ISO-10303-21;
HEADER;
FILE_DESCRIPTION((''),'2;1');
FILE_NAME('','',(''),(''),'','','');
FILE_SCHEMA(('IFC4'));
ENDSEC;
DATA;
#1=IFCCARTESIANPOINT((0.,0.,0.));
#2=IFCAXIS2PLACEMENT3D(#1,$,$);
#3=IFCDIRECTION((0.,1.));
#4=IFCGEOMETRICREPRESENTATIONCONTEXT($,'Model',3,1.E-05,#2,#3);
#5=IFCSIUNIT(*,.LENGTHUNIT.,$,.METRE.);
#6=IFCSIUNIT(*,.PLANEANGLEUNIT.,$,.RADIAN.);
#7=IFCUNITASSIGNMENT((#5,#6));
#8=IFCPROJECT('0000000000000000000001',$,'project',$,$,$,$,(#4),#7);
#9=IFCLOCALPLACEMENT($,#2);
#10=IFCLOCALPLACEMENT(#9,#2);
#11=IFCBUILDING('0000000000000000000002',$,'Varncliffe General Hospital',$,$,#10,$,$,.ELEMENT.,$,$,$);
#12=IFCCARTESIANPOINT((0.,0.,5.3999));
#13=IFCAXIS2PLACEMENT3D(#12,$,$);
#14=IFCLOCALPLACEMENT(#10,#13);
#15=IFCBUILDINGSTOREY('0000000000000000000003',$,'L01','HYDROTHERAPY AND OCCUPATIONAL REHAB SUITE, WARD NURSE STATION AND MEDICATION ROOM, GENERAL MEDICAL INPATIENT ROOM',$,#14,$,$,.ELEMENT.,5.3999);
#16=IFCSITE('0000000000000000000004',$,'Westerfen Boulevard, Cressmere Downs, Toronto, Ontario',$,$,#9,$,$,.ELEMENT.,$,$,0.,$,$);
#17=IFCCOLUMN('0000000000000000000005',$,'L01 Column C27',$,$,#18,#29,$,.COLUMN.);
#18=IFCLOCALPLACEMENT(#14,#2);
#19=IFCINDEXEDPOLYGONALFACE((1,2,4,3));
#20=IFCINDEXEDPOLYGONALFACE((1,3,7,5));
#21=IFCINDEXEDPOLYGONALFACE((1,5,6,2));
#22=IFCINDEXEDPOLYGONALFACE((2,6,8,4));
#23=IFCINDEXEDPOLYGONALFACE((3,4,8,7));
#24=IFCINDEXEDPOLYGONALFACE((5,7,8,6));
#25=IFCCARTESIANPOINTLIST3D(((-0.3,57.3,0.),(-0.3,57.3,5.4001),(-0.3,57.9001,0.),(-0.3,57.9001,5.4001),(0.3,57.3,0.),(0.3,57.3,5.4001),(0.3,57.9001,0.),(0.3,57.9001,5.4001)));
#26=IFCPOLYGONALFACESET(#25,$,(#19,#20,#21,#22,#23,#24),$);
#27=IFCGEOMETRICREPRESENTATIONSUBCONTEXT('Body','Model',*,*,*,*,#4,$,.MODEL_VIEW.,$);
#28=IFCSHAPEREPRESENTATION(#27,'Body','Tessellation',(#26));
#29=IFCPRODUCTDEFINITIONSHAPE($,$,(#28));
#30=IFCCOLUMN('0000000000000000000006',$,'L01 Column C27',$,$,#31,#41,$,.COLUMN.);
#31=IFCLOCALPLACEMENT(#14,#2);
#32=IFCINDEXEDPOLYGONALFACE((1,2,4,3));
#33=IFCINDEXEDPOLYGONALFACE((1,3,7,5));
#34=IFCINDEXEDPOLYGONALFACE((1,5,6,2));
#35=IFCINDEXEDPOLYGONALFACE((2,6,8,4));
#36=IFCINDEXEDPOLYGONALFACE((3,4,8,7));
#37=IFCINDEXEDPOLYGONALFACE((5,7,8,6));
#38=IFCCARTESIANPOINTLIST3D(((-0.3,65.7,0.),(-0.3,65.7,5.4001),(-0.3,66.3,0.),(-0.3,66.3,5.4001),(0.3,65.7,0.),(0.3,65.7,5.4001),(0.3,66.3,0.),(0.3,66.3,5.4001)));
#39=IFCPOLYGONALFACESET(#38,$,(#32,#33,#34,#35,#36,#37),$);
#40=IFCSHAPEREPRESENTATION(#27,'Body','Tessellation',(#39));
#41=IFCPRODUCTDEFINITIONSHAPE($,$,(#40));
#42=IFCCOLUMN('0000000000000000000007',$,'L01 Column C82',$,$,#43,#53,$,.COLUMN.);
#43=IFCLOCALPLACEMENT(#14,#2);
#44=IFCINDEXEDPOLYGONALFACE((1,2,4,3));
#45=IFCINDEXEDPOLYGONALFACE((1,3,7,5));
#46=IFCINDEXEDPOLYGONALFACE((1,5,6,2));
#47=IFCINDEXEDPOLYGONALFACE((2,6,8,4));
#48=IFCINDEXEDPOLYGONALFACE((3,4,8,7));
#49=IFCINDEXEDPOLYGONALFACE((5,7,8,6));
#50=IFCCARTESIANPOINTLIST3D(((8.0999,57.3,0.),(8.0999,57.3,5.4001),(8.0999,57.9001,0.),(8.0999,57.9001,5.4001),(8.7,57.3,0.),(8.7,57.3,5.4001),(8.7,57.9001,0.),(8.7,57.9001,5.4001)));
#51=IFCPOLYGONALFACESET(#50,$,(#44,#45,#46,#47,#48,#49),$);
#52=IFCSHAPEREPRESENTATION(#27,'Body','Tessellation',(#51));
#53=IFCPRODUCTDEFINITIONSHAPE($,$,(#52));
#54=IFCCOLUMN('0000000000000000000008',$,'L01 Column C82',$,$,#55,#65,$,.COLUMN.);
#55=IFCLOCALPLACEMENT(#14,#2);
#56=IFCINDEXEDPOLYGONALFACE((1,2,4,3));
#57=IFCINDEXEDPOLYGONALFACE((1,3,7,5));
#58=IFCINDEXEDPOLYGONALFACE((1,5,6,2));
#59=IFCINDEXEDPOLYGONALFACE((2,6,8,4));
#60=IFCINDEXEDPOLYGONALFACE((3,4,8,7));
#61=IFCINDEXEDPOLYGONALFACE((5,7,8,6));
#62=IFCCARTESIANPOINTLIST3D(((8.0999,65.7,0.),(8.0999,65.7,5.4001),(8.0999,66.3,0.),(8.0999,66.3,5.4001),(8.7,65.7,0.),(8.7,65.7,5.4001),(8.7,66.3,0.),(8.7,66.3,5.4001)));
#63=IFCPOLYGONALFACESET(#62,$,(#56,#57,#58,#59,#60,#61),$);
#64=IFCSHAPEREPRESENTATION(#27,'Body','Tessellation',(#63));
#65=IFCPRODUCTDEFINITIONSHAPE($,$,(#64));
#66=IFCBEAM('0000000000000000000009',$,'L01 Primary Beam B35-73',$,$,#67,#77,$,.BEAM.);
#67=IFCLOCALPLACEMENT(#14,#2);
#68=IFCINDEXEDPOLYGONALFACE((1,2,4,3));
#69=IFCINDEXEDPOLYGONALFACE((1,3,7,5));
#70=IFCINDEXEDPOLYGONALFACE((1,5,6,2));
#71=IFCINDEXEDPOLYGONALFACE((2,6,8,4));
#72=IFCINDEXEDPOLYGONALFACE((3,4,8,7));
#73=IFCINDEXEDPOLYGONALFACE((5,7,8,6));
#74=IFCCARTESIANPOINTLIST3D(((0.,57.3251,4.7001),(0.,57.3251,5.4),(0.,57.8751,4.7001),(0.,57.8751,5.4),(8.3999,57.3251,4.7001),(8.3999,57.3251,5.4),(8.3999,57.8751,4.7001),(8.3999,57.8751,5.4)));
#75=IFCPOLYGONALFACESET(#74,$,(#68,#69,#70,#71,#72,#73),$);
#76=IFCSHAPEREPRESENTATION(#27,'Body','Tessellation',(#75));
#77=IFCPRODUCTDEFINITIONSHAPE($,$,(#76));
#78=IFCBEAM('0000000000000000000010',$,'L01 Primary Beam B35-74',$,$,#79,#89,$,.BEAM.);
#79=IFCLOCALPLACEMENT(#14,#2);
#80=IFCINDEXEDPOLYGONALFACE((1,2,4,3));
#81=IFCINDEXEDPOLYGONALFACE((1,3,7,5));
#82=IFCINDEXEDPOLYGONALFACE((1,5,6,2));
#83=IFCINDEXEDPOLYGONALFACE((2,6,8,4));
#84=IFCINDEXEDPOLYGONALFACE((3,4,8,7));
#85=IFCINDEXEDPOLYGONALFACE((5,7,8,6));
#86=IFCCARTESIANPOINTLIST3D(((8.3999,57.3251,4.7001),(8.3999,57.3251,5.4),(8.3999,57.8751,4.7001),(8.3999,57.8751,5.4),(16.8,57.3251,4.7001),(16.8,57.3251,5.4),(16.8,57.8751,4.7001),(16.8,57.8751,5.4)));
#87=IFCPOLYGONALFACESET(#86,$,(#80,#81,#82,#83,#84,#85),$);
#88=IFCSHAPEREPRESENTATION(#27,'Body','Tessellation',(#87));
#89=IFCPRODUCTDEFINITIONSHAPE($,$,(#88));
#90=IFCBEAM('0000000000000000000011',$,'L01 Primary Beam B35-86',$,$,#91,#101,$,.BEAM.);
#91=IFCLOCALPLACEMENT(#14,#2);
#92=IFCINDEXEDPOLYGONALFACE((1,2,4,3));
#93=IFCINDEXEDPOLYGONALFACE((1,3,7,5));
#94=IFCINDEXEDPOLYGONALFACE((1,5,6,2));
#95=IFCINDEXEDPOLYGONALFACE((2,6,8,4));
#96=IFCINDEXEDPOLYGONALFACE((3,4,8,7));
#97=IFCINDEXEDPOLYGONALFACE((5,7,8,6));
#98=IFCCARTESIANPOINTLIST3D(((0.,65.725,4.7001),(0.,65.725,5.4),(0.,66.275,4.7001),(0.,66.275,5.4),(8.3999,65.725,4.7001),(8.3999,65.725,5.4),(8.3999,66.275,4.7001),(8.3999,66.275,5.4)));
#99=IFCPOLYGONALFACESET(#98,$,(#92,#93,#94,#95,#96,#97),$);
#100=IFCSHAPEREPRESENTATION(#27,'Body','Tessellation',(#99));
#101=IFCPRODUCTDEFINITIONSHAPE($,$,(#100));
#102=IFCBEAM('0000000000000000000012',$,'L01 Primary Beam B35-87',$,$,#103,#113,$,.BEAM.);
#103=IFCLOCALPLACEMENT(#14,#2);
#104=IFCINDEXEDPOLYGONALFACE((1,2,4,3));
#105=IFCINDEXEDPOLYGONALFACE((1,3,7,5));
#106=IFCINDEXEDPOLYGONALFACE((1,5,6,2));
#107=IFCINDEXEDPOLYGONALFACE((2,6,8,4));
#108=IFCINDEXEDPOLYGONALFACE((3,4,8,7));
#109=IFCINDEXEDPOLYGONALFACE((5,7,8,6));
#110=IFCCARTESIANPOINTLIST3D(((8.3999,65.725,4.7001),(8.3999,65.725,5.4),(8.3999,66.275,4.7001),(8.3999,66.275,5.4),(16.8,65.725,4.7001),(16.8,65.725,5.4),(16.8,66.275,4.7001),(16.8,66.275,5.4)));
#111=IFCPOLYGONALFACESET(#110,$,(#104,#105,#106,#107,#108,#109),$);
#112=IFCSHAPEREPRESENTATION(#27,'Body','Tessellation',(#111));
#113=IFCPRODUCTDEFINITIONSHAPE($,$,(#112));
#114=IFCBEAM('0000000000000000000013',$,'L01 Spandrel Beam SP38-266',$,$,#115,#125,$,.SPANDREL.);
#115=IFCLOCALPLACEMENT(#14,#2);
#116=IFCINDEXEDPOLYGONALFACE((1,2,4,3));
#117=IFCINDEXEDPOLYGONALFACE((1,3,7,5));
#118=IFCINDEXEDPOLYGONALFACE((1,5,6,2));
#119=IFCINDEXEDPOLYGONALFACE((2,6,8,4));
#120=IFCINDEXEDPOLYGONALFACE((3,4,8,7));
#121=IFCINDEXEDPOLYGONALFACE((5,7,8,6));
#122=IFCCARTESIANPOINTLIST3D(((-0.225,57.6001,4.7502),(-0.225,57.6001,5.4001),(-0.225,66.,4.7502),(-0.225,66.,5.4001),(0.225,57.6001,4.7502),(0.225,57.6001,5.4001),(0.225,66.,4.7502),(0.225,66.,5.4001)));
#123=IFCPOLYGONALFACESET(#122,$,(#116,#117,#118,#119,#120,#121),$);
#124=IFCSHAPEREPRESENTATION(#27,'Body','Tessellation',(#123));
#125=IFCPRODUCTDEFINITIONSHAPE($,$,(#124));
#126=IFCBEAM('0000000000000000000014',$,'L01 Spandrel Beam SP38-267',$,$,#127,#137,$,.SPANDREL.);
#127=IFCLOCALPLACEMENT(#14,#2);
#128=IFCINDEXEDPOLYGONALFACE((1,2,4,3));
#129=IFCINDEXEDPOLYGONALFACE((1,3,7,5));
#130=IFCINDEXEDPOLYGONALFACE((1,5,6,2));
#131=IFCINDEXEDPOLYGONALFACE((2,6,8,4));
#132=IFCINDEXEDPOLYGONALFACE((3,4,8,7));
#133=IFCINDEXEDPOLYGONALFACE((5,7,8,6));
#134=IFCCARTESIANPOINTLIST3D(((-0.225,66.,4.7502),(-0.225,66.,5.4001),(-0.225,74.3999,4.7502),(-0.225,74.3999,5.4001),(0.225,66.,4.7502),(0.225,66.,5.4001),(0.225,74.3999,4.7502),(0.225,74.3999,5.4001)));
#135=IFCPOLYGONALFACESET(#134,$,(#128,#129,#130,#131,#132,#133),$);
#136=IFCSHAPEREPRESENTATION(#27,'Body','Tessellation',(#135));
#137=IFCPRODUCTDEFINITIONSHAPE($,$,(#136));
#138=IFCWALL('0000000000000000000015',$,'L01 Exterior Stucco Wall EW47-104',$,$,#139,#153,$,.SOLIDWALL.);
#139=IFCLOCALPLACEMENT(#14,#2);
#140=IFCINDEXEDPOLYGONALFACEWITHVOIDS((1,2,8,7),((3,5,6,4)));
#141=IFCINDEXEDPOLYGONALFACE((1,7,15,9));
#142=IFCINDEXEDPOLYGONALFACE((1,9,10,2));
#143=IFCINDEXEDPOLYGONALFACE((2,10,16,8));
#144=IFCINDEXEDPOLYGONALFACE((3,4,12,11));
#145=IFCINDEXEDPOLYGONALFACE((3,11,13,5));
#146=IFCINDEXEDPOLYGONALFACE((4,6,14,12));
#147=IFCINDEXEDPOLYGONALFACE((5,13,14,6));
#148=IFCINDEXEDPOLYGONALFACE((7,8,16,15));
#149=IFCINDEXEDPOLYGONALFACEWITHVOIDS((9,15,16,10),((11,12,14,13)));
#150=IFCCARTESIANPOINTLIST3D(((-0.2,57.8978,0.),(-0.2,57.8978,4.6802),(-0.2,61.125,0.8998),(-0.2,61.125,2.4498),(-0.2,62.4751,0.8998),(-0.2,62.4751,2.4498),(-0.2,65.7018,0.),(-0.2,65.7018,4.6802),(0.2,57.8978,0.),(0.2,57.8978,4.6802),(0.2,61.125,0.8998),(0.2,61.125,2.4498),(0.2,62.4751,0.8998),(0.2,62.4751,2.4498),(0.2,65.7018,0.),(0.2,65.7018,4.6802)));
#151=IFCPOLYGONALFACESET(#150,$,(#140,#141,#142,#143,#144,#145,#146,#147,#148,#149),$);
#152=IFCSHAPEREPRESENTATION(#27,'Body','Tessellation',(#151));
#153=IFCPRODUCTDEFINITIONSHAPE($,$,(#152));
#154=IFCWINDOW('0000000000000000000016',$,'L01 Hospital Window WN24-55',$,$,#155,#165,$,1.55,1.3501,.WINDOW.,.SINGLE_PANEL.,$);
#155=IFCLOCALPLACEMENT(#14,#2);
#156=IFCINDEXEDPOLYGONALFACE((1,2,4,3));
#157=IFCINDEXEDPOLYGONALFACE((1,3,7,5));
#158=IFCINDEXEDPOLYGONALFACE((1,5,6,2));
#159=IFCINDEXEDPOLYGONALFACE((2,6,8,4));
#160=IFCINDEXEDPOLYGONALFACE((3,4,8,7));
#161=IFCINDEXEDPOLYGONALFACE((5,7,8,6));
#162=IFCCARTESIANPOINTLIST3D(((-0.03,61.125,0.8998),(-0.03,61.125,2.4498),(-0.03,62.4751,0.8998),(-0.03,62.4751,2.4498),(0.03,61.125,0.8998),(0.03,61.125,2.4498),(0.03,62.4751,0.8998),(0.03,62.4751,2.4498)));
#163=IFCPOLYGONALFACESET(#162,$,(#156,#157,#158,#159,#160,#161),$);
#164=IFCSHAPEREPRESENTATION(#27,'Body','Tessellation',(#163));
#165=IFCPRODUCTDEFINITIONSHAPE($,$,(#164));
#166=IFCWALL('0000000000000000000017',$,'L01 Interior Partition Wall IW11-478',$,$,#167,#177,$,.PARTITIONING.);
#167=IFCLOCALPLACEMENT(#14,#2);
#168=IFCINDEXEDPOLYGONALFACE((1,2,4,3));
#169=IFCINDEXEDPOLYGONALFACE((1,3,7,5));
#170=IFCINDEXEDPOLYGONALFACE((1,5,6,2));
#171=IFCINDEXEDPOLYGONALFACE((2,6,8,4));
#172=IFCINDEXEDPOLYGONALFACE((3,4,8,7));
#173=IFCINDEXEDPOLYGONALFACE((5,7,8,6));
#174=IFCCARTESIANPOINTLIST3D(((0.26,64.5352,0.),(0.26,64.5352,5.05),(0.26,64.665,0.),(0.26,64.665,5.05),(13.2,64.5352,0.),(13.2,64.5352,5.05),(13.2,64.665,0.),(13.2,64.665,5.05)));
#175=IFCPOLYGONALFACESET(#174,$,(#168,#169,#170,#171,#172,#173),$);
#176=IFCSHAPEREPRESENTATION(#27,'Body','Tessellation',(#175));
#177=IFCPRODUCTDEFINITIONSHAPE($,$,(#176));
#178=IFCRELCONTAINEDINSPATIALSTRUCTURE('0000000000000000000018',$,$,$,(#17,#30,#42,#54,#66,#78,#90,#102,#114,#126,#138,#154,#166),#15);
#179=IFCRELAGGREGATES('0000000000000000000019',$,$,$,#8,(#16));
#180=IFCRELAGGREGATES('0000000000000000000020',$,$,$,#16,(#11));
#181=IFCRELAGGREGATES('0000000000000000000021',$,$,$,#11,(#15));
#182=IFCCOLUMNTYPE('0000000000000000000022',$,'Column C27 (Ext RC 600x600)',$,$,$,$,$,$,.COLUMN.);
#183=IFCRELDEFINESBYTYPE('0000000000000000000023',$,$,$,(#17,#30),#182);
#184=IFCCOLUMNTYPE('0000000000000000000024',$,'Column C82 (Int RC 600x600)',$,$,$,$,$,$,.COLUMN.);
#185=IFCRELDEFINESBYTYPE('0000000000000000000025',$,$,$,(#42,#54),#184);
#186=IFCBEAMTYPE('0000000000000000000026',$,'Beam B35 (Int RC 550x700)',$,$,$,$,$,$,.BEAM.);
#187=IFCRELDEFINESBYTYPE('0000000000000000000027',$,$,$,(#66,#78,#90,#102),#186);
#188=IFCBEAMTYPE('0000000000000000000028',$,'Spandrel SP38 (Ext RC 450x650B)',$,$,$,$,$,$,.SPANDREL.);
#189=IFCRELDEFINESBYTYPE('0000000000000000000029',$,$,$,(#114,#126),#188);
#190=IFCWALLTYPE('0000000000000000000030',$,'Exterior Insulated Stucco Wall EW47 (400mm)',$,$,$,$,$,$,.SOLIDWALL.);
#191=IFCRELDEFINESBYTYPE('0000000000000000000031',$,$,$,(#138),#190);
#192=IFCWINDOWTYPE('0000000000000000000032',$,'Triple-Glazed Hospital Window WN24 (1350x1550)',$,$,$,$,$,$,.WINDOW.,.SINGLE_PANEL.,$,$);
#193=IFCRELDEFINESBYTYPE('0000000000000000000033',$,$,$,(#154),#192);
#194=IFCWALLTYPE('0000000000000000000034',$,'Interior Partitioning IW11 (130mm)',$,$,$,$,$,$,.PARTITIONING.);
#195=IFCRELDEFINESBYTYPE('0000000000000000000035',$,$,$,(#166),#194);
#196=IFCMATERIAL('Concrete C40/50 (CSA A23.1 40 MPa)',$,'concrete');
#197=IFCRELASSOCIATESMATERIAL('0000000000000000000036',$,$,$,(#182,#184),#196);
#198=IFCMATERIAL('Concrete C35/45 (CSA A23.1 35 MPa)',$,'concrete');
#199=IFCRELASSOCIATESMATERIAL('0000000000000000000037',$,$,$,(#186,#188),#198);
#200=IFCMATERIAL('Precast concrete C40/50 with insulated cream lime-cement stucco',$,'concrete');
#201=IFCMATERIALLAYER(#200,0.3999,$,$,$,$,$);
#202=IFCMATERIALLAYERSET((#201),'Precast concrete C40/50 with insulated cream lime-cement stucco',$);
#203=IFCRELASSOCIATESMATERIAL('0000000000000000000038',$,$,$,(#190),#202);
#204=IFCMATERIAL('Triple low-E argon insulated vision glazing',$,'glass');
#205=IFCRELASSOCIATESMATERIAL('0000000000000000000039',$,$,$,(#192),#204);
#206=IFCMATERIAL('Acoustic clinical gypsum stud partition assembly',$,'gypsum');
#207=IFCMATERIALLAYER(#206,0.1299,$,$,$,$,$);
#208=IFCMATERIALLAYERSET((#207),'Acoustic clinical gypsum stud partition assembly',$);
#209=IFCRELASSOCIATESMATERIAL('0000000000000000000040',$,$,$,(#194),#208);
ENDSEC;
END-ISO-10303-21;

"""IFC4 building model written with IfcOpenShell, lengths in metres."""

from ifc_helpers import new_model, si_unit, direction, frame, frame_2d, origin, origin_2d, place, context, subcontext, project, spatial, rectangle, extrude, material, layer, layer_set, material_profile, profile_set, type_object, element, fill, save


model = new_model("IFC4")

# Units and contexts
model_context = context("Model", 3, precision=1e-05, world=origin(), true_north=direction((0.0, 1.0)))
body_context = subcontext(model_context, "Body", "Model", "MODEL_VIEW")
ifc_project = project(units=[si_unit("LENGTHUNIT", "METRE"), si_unit("PLANEANGLEUNIT", "RADIAN")], contexts=[model_context])

# Site, building, storey
site_placement = place(None, origin())
site = spatial("IfcSite", under=ifc_project, at=site_placement, Name="Westerfen Boulevard, Cressmere Downs, Toronto, Ontario", CompositionType="ELEMENT", RefElevation=0.0)
building_placement = place(site_placement, origin())
building = spatial("IfcBuilding", under=site, at=building_placement, Name="Varncliffe General Hospital", CompositionType="ELEMENT")
storey_placement = place(building_placement, frame((0.0, 0.0, 5.3999)))
storey = spatial("IfcBuildingStorey", under=building, at=storey_placement, Name="L01", Description="HYDROTHERAPY AND OCCUPATIONAL REHAB SUITE, WARD NURSE STATION AND MEDICATION ROOM, GENERAL MEDICAL INPATIENT ROOM", CompositionType="ELEMENT", Elevation=5.3999)

# Columns
ifc_material_1 = material(Name="Concrete C40/50 (CSA A23.1 40 MPa)", Category="concrete")
ifc_material_profile_1 = material_profile(ifc_material_1, rectangle(XDim=0.6001, YDim=0.6001, at=origin_2d()), Name="RC 600x600")
ifc_profile_set_1 = profile_set([ifc_material_profile_1], Name="Concrete C40/50 (CSA A23.1 40 MPa)")
column_type_1 = type_object("IfcColumnType", Name="Column C27 (Ext RC 600x600)", PredefinedType="COLUMN", material=ifc_profile_set_1)
for number, where, z_axis, x_axis, name in (
    (1, (0.0, 57.6001, 0.0), (0.0, 0.0, 1.0), (1.0, 0.0, 0.0), "L01 Column C27"),
    (2, (0.0, 66.0, 0.0), (0.0, 0.0, 1.0), (1.0, 0.0, 0.0), "L01 Column C27"),
):
    element("IfcColumn", number, at=place(storey_placement, frame(where, z_axis=z_axis, x_axis=x_axis)), inside=storey, type_object=column_type_1, Name=name, PredefinedType="COLUMN", context=body_context, shape_type="SweptSolid", body=[
        extrude(rectangle(XDim=0.6001, YDim=0.6001, at=origin_2d()), origin(), (0.0, 0.0, 1.0), 5.4001),
    ])
ifc_material_profile_2 = material_profile(ifc_material_1, rectangle(XDim=0.6001, YDim=0.6001, at=origin_2d()), Name="RC 600x600")
ifc_profile_set_2 = profile_set([ifc_material_profile_2], Name="Concrete C40/50 (CSA A23.1 40 MPa)")
column_type_2 = type_object("IfcColumnType", Name="Column C82 (Int RC 600x600)", PredefinedType="COLUMN", material=ifc_profile_set_2)
for number, where, z_axis, x_axis, name in (
    (3, (8.3999, 57.6001, 0.0), (0.0, 0.0, 1.0), (1.0, 0.0, 0.0), "L01 Column C82"),
    (4, (8.3999, 66.0, 0.0), (0.0, 0.0, 1.0), (1.0, 0.0, 0.0), "L01 Column C82"),
):
    element("IfcColumn", number, at=place(storey_placement, frame(where, z_axis=z_axis, x_axis=x_axis)), inside=storey, type_object=column_type_2, Name=name, PredefinedType="COLUMN", context=body_context, shape_type="SweptSolid", body=[
        extrude(rectangle(XDim=0.6001, YDim=0.6001, at=origin_2d()), origin(), (0.0, 0.0, 1.0), 5.4001),
    ])

# Beams
ifc_material_2 = material(Name="Concrete C35/45 (CSA A23.1 35 MPa)", Category="concrete")
ifc_material_profile_3 = material_profile(ifc_material_2, rectangle(XDim=0.55, YDim=0.7, at=origin_2d()), Name="RC 550x700")
ifc_profile_set_3 = profile_set([ifc_material_profile_3], Name="Concrete C35/45 (CSA A23.1 35 MPa)")
beam_type_1 = type_object("IfcBeamType", Name="Beam B35 (Int RC 550x700)", PredefinedType="BEAM", material=ifc_profile_set_3)
beam_1_placement = place(storey_placement, frame((0.0, 57.6001, 5.05), z_axis=(1.0, 0.0, 0.0), x_axis=(0.0, 1.0, 0.0)))
element("IfcBeam", 5, at=beam_1_placement, inside=storey, type_object=beam_type_1, Name="L01 Primary Beam B35-73", PredefinedType="BEAM", context=body_context, shape_type="SweptSolid", body=[
    extrude(rectangle(XDim=0.55, YDim=0.7, at=origin_2d()), origin(), (0.0, 0.0, 1.0), 8.3999),
])
beam_2_placement = place(storey_placement, frame((8.3999, 57.6001, 5.05), z_axis=(1.0, 0.0, 0.0), x_axis=(0.0, 1.0, 0.0)))
element("IfcBeam", 6, at=beam_2_placement, inside=storey, type_object=beam_type_1, Name="L01 Primary Beam B35-74", PredefinedType="BEAM", context=body_context, shape_type="SweptSolid", body=[
    extrude(rectangle(XDim=0.55, YDim=0.7, at=origin_2d()), origin(), (0.0, 0.0, 1.0), 8.4001),
])
beam_3_placement = place(storey_placement, frame((0.0, 66.0, 5.05), z_axis=(1.0, 0.0, 0.0), x_axis=(0.0, 1.0, 0.0)))
element("IfcBeam", 7, at=beam_3_placement, inside=storey, type_object=beam_type_1, Name="L01 Primary Beam B35-86", PredefinedType="BEAM", context=body_context, shape_type="SweptSolid", body=[
    extrude(rectangle(XDim=0.55, YDim=0.7, at=origin_2d()), origin(), (0.0, 0.0, 1.0), 8.3999),
])
beam_4_placement = place(storey_placement, frame((8.3999, 66.0, 5.05), z_axis=(1.0, 0.0, 0.0), x_axis=(0.0, 1.0, 0.0)))
element("IfcBeam", 8, at=beam_4_placement, inside=storey, type_object=beam_type_1, Name="L01 Primary Beam B35-87", PredefinedType="BEAM", context=body_context, shape_type="SweptSolid", body=[
    extrude(rectangle(XDim=0.55, YDim=0.7, at=origin_2d()), origin(), (0.0, 0.0, 1.0), 8.4001),
])
ifc_material_profile_4 = material_profile(ifc_material_2, rectangle(XDim=0.45, YDim=0.6499, at=origin_2d()), Name="RC 450x650")
ifc_profile_set_4 = profile_set([ifc_material_profile_4], Name="Concrete C35/45 (CSA A23.1 35 MPa)")
beam_type_2 = type_object("IfcBeamType", Name="Spandrel SP38 (Ext RC 450x650B)", PredefinedType="SPANDREL", material=ifc_profile_set_4)
for number, where, z_axis, x_axis, name in (
    (9, (0.0, 57.6001, 5.0752), (0.0, 1.0, 0.0), (-1.0, 0.0, 0.0), "L01 Spandrel Beam SP38-266"),
    (10, (0.0, 66.0, 5.0752), (0.0, 1.0, 0.0), (-1.0, 0.0, 0.0), "L01 Spandrel Beam SP38-267"),
):
    element("IfcBeam", number, at=place(storey_placement, frame(where, z_axis=z_axis, x_axis=x_axis)), inside=storey, type_object=beam_type_2, Name=name, PredefinedType="SPANDREL", context=body_context, shape_type="SweptSolid", body=[
        extrude(rectangle(XDim=0.45, YDim=0.6499, at=origin_2d()), origin(), (0.0, 0.0, 1.0), 8.3999),
    ])

# Wall, opening, window
ifc_material_3 = material(Name="Precast concrete C40/50 with insulated cream lime-cement stucco", Category="concrete")
ifc_layer_1 = layer(ifc_material_3, 0.3999)
ifc_layer_set_1 = layer_set([ifc_layer_1], Name="Precast concrete C40/50 with insulated cream lime-cement stucco")
wall_type_1 = type_object("IfcWallType", Name="Exterior Insulated Stucco Wall EW47 (400mm)", PredefinedType="SOLIDWALL", material=ifc_layer_set_1)
wall_1_placement = place(storey_placement, frame((0.0, 57.8979, 0.0), z_axis=(0.0, 0.0, 1.0), x_axis=(0.0, 1.0, 0.0)))
wall_1 = element("IfcWall", 11, at=wall_1_placement, inside=storey, type_object=wall_type_1, Name="L01 Exterior Stucco Wall EW47-104", PredefinedType="SOLIDWALL", context=body_context, shape_type="SweptSolid", body=[
    extrude(rectangle(XDim=7.804, YDim=0.3999, at=frame_2d((3.9019, 0.0))), origin(), (0.0, 0.0, 1.0), 4.6802),
])
opening_placement = place(wall_1_placement, frame((3.2271, 0.0, 0.8999)))
opening = element("IfcOpeningElement", 12, at=opening_placement, cuts=wall_1, PredefinedType="OPENING", context=body_context, shape_type="SweptSolid", body=[
    extrude(rectangle(XDim=1.3501, YDim=1.55, at=frame_2d((0.675, 0.7749))), frame((0.0, 0.21, 0.0), z_axis=(0.0, -1.0, 0.0), x_axis=(1.0, 0.0, 0.0)), (0.0, 0.0, 1.0), 0.4199),
])
ifc_material_4 = material(Name="Triple low-E argon insulated vision glazing", Category="glass")
window_type = type_object("IfcWindowType", Name="Triple-Glazed Hospital Window WN24 (1350x1550)", PartitioningType="SINGLE_PANEL", PredefinedType="WINDOW", material=ifc_material_4)
window_placement = place(opening_placement, origin())
window = element("IfcWindow", 13, at=window_placement, inside=storey, type_object=window_type, Name="L01 Hospital Window WN24-55", OverallHeight=1.55, OverallWidth=1.3501, PartitioningType="SINGLE_PANEL", PredefinedType="WINDOW", context=body_context, shape_type="SweptSolid", body=[
    extrude(rectangle(XDim=1.3501, YDim=1.55, at=frame_2d((0.675, 0.7749))), frame((0.0, 0.03, 0.0), z_axis=(0.0, -1.0, 0.0), x_axis=(1.0, 0.0, 0.0)), (0.0, 0.0, 1.0), 0.0601),
])
fill(opening, window)

# Wall
ifc_material_5 = material(Name="Acoustic clinical gypsum stud partition assembly", Category="gypsum")
ifc_layer_2 = layer(ifc_material_5, 0.1299)
ifc_layer_set_2 = layer_set([ifc_layer_2], Name="Acoustic clinical gypsum stud partition assembly")
wall_type_2 = type_object("IfcWallType", Name="Interior Partitioning IW11 (130mm)", PredefinedType="PARTITIONING", material=ifc_layer_set_2)
wall_2_placement = place(storey_placement, frame((0.26, 64.6001, 0.0), z_axis=(0.0, 0.0, 1.0), x_axis=(1.0, 0.0, 0.0)))
element("IfcWall", 14, at=wall_2_placement, inside=storey, type_object=wall_type_2, Name="L01 Interior Partition Wall IW11-478", PredefinedType="PARTITIONING", context=body_context, shape_type="SweptSolid", body=[
    extrude(rectangle(XDim=12.9399, YDim=0.1299, at=frame_2d((6.47, 0.0))), origin(), (0.0, 0.0, 1.0), 5.05),
])

save(model, "model.ifc")
